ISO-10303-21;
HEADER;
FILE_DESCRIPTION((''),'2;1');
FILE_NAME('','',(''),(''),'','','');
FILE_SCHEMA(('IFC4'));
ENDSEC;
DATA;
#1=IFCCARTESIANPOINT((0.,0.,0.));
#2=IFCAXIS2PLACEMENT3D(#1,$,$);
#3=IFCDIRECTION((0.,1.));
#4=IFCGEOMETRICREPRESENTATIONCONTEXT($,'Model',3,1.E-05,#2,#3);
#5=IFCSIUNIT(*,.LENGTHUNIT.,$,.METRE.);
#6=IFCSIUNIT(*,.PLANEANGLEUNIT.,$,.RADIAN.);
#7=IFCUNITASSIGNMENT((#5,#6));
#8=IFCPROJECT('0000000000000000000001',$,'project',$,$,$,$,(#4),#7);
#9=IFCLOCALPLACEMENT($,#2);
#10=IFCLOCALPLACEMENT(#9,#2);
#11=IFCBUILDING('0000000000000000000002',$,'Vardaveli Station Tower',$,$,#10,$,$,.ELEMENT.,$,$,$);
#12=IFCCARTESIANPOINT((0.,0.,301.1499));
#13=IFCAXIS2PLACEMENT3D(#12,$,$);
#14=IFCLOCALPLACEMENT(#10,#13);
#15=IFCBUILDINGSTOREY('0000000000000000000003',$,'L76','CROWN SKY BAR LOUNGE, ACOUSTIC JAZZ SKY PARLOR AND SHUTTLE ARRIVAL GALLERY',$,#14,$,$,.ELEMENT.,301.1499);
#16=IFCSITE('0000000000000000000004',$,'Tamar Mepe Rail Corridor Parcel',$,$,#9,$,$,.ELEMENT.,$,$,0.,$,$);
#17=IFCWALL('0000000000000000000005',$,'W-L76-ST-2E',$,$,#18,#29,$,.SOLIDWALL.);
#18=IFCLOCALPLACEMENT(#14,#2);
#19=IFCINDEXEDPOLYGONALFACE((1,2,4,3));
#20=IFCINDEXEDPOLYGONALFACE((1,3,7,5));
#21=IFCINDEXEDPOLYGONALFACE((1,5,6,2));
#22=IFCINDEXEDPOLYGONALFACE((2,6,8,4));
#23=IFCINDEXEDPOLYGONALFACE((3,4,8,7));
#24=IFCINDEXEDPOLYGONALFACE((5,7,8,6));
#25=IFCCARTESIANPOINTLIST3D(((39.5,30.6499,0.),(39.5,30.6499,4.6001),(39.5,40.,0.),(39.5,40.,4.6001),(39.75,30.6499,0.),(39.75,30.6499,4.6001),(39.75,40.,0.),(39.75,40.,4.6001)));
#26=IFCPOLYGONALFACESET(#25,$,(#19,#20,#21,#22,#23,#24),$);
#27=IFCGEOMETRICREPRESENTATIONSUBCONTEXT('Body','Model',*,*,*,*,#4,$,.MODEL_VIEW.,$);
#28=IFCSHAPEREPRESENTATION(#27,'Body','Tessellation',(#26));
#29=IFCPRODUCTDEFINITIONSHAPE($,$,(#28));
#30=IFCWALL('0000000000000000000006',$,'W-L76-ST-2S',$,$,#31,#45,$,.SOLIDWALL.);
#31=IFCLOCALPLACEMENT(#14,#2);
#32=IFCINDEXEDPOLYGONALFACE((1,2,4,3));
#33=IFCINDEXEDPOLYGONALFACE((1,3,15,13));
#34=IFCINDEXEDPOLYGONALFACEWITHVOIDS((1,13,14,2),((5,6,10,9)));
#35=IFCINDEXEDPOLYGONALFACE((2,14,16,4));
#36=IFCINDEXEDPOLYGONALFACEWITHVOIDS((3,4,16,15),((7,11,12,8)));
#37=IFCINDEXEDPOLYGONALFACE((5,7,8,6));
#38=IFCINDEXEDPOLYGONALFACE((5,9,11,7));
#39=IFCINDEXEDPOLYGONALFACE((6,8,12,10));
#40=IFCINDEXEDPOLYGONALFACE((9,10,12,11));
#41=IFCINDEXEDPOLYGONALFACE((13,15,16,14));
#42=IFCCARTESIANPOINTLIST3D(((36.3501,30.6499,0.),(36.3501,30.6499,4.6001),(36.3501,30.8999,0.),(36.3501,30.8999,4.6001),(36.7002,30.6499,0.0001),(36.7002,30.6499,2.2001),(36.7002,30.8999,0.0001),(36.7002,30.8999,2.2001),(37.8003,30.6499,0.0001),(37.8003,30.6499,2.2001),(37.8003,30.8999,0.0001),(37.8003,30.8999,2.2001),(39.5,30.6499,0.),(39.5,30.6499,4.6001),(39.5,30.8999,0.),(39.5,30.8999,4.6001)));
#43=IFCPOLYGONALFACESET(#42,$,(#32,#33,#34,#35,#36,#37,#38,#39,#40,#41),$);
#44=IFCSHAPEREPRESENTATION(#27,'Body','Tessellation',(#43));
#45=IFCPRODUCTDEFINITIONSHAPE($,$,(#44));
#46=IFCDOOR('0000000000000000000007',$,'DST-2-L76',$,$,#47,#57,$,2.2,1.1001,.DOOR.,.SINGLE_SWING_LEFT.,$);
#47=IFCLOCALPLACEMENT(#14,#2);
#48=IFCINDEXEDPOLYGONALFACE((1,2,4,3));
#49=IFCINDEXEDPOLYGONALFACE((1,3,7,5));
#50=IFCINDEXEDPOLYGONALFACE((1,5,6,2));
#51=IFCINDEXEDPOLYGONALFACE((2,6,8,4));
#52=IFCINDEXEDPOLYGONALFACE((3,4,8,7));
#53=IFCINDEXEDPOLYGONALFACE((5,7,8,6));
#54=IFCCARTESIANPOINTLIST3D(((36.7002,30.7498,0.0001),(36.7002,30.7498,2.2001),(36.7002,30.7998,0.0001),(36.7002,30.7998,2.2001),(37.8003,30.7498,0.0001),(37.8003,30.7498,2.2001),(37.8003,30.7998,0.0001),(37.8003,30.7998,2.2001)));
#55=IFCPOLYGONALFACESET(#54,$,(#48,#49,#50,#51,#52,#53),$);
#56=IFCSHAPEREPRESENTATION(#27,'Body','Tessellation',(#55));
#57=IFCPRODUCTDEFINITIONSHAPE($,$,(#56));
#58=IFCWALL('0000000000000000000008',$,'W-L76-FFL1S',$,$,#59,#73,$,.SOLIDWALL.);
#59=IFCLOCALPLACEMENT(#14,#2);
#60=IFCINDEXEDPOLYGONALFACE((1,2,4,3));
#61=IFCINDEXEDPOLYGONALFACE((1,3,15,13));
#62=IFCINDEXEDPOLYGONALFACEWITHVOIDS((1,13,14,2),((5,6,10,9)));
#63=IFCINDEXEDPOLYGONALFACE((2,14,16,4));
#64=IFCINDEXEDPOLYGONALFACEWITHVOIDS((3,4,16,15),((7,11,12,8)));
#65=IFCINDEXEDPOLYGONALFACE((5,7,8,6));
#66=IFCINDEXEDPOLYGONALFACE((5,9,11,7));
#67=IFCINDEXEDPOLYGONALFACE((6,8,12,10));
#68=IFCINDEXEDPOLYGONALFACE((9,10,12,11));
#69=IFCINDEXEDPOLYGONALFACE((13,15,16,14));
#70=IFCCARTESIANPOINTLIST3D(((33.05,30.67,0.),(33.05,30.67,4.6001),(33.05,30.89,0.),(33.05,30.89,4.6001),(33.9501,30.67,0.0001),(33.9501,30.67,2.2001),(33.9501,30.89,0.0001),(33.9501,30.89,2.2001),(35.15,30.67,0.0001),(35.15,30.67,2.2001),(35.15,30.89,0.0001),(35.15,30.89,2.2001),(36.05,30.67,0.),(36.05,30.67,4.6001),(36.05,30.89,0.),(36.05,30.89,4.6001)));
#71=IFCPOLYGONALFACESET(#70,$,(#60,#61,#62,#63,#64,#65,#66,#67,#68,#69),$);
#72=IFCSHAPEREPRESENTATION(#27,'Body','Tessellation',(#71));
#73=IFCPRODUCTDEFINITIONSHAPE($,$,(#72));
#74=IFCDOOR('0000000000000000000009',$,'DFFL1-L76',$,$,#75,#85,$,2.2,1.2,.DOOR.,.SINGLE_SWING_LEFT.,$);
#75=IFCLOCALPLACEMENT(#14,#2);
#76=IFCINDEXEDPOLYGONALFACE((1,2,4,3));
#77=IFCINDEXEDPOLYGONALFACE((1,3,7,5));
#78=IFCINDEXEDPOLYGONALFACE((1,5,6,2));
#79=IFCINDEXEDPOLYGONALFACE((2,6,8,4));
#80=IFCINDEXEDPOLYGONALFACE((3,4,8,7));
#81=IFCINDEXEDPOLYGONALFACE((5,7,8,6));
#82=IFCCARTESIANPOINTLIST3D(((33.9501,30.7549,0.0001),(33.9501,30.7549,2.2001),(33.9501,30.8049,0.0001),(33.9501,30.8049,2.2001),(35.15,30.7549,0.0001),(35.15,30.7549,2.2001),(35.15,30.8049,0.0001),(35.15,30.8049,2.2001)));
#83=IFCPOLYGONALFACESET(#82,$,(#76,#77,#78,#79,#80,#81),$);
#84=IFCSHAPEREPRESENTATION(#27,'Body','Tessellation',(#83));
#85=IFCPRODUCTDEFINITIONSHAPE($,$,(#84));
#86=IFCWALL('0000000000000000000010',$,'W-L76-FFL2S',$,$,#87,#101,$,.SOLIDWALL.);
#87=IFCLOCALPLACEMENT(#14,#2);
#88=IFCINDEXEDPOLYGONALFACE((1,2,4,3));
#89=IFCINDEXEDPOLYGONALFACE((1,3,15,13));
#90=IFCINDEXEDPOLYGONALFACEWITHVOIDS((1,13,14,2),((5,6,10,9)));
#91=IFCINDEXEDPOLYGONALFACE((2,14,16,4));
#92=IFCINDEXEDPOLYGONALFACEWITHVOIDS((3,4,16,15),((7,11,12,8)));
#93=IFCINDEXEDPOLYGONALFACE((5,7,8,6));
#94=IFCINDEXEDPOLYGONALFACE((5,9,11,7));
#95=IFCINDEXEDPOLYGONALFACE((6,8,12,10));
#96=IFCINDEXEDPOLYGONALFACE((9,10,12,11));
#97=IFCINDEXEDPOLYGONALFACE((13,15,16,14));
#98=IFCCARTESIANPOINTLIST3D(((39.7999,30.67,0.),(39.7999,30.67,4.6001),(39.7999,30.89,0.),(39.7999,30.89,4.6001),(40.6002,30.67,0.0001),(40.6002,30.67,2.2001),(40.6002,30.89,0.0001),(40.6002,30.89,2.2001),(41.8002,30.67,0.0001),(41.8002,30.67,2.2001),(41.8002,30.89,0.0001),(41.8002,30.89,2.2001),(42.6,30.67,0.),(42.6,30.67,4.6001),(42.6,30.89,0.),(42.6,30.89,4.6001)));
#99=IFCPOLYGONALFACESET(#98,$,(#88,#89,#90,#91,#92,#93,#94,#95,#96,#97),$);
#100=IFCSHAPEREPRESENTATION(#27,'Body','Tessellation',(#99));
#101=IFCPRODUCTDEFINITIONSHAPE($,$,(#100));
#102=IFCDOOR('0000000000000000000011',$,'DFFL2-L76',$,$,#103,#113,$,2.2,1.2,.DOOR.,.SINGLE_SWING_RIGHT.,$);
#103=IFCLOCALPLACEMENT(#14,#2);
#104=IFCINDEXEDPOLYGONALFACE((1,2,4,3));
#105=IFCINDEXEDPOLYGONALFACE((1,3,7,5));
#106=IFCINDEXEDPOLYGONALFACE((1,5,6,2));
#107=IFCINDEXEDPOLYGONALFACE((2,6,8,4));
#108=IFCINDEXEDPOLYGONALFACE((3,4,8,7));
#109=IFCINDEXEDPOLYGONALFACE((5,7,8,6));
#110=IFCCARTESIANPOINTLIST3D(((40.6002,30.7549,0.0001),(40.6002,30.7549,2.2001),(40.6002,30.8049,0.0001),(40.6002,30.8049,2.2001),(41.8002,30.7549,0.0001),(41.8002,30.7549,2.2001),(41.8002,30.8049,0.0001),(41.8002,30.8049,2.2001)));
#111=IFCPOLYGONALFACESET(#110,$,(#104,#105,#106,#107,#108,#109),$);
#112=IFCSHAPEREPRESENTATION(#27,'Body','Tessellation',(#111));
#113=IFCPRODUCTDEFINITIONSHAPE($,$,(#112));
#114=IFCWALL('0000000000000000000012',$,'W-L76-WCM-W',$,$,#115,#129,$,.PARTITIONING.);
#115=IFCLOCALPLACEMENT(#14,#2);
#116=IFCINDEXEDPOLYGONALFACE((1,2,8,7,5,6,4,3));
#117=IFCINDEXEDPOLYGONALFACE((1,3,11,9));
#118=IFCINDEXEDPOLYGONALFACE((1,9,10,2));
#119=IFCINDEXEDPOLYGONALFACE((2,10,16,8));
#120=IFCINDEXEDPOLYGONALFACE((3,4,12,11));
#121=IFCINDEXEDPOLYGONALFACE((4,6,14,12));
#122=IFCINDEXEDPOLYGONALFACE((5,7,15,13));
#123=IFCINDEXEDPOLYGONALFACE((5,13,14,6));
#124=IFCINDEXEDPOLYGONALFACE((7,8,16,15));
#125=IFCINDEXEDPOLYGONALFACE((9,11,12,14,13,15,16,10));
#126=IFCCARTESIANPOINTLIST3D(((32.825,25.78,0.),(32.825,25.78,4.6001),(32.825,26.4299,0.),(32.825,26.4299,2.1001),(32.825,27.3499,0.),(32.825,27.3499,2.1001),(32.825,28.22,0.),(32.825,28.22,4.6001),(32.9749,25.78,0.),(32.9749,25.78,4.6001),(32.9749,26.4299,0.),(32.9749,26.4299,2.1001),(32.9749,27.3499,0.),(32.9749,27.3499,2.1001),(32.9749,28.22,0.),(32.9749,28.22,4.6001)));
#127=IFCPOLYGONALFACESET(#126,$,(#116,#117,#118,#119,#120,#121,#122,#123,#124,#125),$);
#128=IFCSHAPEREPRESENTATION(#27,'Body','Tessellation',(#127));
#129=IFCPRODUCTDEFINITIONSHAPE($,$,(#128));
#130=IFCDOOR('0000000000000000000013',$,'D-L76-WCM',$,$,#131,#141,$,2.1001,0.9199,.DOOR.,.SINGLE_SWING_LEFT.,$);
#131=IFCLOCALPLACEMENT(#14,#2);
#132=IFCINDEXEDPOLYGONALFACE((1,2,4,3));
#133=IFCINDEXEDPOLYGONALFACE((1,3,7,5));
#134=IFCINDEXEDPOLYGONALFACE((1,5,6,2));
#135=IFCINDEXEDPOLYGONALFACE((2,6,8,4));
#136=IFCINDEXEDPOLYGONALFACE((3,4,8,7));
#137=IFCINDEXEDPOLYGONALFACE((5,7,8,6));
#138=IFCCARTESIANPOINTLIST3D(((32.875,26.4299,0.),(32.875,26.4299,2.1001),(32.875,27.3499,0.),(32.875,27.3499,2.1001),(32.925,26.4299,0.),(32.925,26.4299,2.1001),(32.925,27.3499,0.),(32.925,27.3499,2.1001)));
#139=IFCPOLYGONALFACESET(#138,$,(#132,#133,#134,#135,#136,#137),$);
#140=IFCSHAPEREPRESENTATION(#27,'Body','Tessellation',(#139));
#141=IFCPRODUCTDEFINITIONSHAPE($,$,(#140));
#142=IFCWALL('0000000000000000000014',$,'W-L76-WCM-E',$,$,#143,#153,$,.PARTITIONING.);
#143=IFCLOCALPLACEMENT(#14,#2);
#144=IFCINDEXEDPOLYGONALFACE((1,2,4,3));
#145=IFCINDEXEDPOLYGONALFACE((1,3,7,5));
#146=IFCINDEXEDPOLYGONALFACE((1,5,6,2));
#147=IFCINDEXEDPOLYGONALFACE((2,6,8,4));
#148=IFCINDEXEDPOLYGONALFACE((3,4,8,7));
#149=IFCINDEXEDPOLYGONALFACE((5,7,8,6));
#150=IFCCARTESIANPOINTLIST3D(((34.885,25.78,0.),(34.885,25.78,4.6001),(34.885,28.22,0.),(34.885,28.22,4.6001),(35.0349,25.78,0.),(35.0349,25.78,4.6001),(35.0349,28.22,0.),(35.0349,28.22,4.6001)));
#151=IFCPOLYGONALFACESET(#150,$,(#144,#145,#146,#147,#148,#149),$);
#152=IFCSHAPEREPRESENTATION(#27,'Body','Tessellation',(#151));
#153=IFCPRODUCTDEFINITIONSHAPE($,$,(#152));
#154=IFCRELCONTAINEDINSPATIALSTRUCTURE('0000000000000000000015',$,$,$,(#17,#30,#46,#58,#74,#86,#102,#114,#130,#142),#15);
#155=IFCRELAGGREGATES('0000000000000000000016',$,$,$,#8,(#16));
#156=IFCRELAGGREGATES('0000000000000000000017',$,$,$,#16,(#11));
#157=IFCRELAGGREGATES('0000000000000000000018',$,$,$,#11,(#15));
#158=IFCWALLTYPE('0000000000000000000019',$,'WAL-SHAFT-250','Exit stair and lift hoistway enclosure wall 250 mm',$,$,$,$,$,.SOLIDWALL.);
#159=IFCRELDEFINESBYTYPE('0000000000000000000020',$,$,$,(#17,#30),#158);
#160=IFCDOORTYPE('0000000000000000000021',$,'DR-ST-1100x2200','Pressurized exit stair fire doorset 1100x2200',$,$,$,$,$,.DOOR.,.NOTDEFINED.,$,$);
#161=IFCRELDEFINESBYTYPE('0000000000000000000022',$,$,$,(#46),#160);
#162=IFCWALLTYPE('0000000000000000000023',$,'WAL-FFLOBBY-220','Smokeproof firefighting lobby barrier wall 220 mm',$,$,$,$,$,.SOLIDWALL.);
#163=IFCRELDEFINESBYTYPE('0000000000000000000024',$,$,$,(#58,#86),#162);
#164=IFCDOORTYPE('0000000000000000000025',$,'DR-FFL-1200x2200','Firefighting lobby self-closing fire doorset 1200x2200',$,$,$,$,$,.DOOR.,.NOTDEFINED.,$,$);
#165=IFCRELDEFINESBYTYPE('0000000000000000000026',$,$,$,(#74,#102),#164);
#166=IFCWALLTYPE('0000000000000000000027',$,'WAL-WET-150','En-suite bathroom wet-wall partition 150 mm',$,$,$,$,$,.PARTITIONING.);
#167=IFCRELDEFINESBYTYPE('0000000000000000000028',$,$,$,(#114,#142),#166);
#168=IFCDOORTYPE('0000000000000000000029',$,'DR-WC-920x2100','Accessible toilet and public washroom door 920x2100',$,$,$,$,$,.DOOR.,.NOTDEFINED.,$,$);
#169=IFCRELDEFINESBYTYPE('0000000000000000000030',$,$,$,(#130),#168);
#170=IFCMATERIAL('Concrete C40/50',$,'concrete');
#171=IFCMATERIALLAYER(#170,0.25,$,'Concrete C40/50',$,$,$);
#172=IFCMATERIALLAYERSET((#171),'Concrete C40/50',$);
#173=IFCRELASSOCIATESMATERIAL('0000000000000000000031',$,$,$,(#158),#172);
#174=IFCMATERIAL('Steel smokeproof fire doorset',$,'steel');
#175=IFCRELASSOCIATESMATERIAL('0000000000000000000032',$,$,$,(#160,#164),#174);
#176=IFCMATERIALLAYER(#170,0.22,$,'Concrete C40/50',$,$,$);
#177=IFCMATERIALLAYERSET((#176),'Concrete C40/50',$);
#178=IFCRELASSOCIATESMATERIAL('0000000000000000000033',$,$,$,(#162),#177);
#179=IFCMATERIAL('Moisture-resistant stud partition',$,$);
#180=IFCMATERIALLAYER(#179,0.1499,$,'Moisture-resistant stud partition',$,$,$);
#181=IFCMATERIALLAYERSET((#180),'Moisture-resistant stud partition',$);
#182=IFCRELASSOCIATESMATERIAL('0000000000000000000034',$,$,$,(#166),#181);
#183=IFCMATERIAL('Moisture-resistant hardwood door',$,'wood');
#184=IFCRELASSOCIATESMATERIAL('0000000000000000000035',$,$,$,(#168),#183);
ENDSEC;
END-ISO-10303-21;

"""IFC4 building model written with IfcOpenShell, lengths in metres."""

from ifc_helpers import new_model, si_unit, direction, frame, frame_2d, origin, place, context, subcontext, project, spatial, rectangle, extrude, source, transform, mapped, material, layer, layer_set, type_object, element, fill, save


model = new_model("IFC4")

# Units and contexts
model_context = context("Model", 3, precision=1e-05, world=origin(), true_north=direction((0.0, 1.0)))
body_context = subcontext(model_context, "Body", "Model", "MODEL_VIEW")
ifc_project = project(units=[si_unit("LENGTHUNIT", "METRE"), si_unit("PLANEANGLEUNIT", "RADIAN")], contexts=[model_context])

# Site, building, storey
site_placement = place(None, origin())
site = spatial("IfcSite", under=ifc_project, at=site_placement, Name="Tamar Mepe Rail Corridor Parcel", CompositionType="ELEMENT", RefElevation=0.0)
building_placement = place(site_placement, origin())
building = spatial("IfcBuilding", under=site, at=building_placement, Name="Vardaveli Station Tower", CompositionType="ELEMENT")
storey_placement = place(building_placement, frame((0.0, 0.0, 301.1499)))
storey = spatial("IfcBuildingStorey", under=building, at=storey_placement, Name="L76", Description="CROWN SKY BAR LOUNGE, ACOUSTIC JAZZ SKY PARLOR AND SHUTTLE ARRIVAL GALLERY", CompositionType="ELEMENT", Elevation=301.1499)

# Wall
ifc_material_1 = material(Name="Concrete C40/50", Category="concrete")
ifc_layer_1 = layer(ifc_material_1, 0.25, Name="Concrete C40/50")
ifc_layer_set_1 = layer_set([ifc_layer_1], Name="Concrete C40/50")
wall_type_1 = type_object("IfcWallType", Name="WAL-SHAFT-250", Description="Exit stair and lift hoistway enclosure wall 250 mm", PredefinedType="SOLIDWALL", material=ifc_layer_set_1)
shared_shape_1 = source(origin(), body_context, "Body", "SweptSolid", [
    extrude(rectangle(XDim=9.3501, YDim=0.25, at=frame_2d((4.675, 0.0))), origin(), (0.0, 0.0, 1.0), 4.6001),
])
for number, where, z_axis, x_axis, name in (
    (1, (39.625, 30.6499, 0.0), (0.0, 0.0, 1.0), (0.0, 1.0, 0.0), "W-L76-ST-2E"),
):
    element("IfcWall", number, at=place(storey_placement, frame(where, z_axis=z_axis, x_axis=x_axis)), inside=storey, type_object=wall_type_1, Name=name, PredefinedType="SOLIDWALL", context=body_context, shape_type="MappedRepresentation", body=[
        mapped(shared_shape_1, transform((0.0, 0.0, 0.0), scale=1.0)),
    ])

# Walls, openings, doors
shared_shape_2 = source(origin(), body_context, "Body", "SweptSolid", [
    extrude(rectangle(XDim=3.1499, YDim=0.25, at=frame_2d((1.575, 0.0))), origin(), (0.0, 0.0, 1.0), 4.6001),
])
wall_1_placement = place(storey_placement, frame((36.3501, 30.7749, 0.0), z_axis=(0.0, 0.0, 1.0), x_axis=(1.0, 0.0, 0.0)))
wall_1 = element("IfcWall", 2, at=wall_1_placement, inside=storey, type_object=wall_type_1, Name="W-L76-ST-2S", PredefinedType="SOLIDWALL", context=body_context, shape_type="MappedRepresentation", body=[
    mapped(shared_shape_2, transform((0.0, 0.0, 0.0), scale=1.0)),
])
shared_shape_3 = source(origin(), body_context, "Body", "SweptSolid", [
    extrude(rectangle(XDim=1.1001, YDim=2.2, at=frame_2d((0.55, 1.1001))), frame((0.0, 0.135, 0.0), z_axis=(0.0, -1.0, 0.0), x_axis=(1.0, 0.0, 0.0)), (0.0, 0.0, 1.0), 0.27),
])
opening_1_placement = place(wall_1_placement, frame((0.3501, 0.0, 0.0)))
opening_1 = element("IfcOpeningElement", 3, at=opening_1_placement, cuts=wall_1, PredefinedType="OPENING", context=body_context, shape_type="MappedRepresentation", body=[
    mapped(shared_shape_3, transform((0.0, 0.0, 0.0), scale=1.0)),
])
ifc_material_2 = material(Name="Steel smokeproof fire doorset", Category="steel")
door_type_1 = type_object("IfcDoorType", Name="DR-ST-1100x2200", Description="Pressurized exit stair fire doorset 1100x2200", OperationType="NOTDEFINED", PredefinedType="DOOR", material=ifc_material_2)
shared_shape_4 = source(origin(), body_context, "Body", "SweptSolid", [
    extrude(rectangle(XDim=1.1001, YDim=2.2, at=frame_2d((0.55, 1.1001))), frame((0.0, 0.0249, 0.0), z_axis=(0.0, -1.0, 0.0), x_axis=(1.0, 0.0, 0.0)), (0.0, 0.0, 1.0), 0.05),
])
door_1_placement = place(opening_1_placement, origin())
door_1 = element("IfcDoor", 4, at=door_1_placement, inside=storey, type_object=door_type_1, Name="DST-2-L76", OperationType="SINGLE_SWING_LEFT", OverallHeight=2.2, OverallWidth=1.1001, PredefinedType="DOOR", context=body_context, shape_type="MappedRepresentation", body=[
    mapped(shared_shape_4, transform((0.0, 0.0, 0.0), scale=1.0)),
])
fill(opening_1, door_1)
ifc_layer_2 = layer(ifc_material_1, 0.22, Name="Concrete C40/50")
ifc_layer_set_2 = layer_set([ifc_layer_2], Name="Concrete C40/50")
wall_type_2 = type_object("IfcWallType", Name="WAL-FFLOBBY-220", Description="Smokeproof firefighting lobby barrier wall 220 mm", PredefinedType="SOLIDWALL", material=ifc_layer_set_2)
shared_shape_5 = source(origin(), body_context, "Body", "SweptSolid", [
    extrude(rectangle(XDim=3.0, YDim=0.22, at=frame_2d((1.5, 0.0))), origin(), (0.0, 0.0, 1.0), 4.6001),
])
wall_2_placement = place(storey_placement, frame((33.05, 30.78, 0.0), z_axis=(0.0, 0.0, 1.0), x_axis=(1.0, 0.0, 0.0)))
wall_2 = element("IfcWall", 5, at=wall_2_placement, inside=storey, type_object=wall_type_2, Name="W-L76-FFL1S", PredefinedType="SOLIDWALL", context=body_context, shape_type="MappedRepresentation", body=[
    mapped(shared_shape_5, transform((0.0, 0.0, 0.0), scale=1.0)),
])
shared_shape_6 = source(origin(), body_context, "Body", "SweptSolid", [
    extrude(rectangle(XDim=1.2, YDim=2.2, at=frame_2d((0.6001, 1.1001))), frame((0.0, 0.1201, 0.0), z_axis=(0.0, -1.0, 0.0), x_axis=(1.0, 0.0, 0.0)), (0.0, 0.0, 1.0), 0.24),
])
opening_2_placement = place(wall_2_placement, frame((0.8999, 0.0, 0.0)))
opening_2 = element("IfcOpeningElement", 6, at=opening_2_placement, cuts=wall_2, PredefinedType="OPENING", context=body_context, shape_type="MappedRepresentation", body=[
    mapped(shared_shape_6, transform((0.0, 0.0, 0.0), scale=1.0)),
])
door_type_2 = type_object("IfcDoorType", Name="DR-FFL-1200x2200", Description="Firefighting lobby self-closing fire doorset 1200x2200", OperationType="NOTDEFINED", PredefinedType="DOOR", material=ifc_material_2)
shared_shape_7 = source(origin(), body_context, "Body", "SweptSolid", [
    extrude(rectangle(XDim=1.2, YDim=2.2, at=frame_2d((0.6001, 1.1001))), frame((0.0, 0.0249, 0.0), z_axis=(0.0, -1.0, 0.0), x_axis=(1.0, 0.0, 0.0)), (0.0, 0.0, 1.0), 0.05),
])
door_2_placement = place(opening_2_placement, origin())
door_2 = element("IfcDoor", 7, at=door_2_placement, inside=storey, type_object=door_type_2, Name="DFFL1-L76", OperationType="SINGLE_SWING_LEFT", OverallHeight=2.2, OverallWidth=1.2, PredefinedType="DOOR", context=body_context, shape_type="MappedRepresentation", body=[
    mapped(shared_shape_7, transform((0.0, 0.0, 0.0), scale=1.0)),
])
fill(opening_2, door_2)
shared_shape_8 = source(origin(), body_context, "Body", "SweptSolid", [
    extrude(rectangle(XDim=2.8, YDim=0.22, at=frame_2d((1.3999, 0.0))), origin(), (0.0, 0.0, 1.0), 4.6001),
])
wall_3_placement = place(storey_placement, frame((39.8, 30.78, 0.0), z_axis=(0.0, 0.0, 1.0), x_axis=(1.0, 0.0, 0.0)))
wall_3 = element("IfcWall", 8, at=wall_3_placement, inside=storey, type_object=wall_type_2, Name="W-L76-FFL2S", PredefinedType="SOLIDWALL", context=body_context, shape_type="MappedRepresentation", body=[
    mapped(shared_shape_8, transform((0.0, 0.0, 0.0), scale=1.0)),
])
opening_3_placement = place(wall_3_placement, frame((0.8, 0.0, 0.0)))
opening_3 = element("IfcOpeningElement", 9, at=opening_3_placement, cuts=wall_3, PredefinedType="OPENING", context=body_context, shape_type="MappedRepresentation", body=[
    mapped(shared_shape_6, transform((0.0, 0.0, 0.0), scale=1.0)),
])
door_3_placement = place(opening_3_placement, origin())
door_3 = element("IfcDoor", 10, at=door_3_placement, inside=storey, type_object=door_type_2, Name="DFFL2-L76", OperationType="SINGLE_SWING_RIGHT", OverallHeight=2.2, OverallWidth=1.2, PredefinedType="DOOR", context=body_context, shape_type="MappedRepresentation", body=[
    mapped(shared_shape_7, transform((0.0, 0.0, 0.0), scale=1.0)),
])
fill(opening_3, door_3)
ifc_material_3 = material(Name="Moisture-resistant stud partition")
ifc_layer_3 = layer(ifc_material_3, 0.1499, Name="Moisture-resistant stud partition")
ifc_layer_set_3 = layer_set([ifc_layer_3], Name="Moisture-resistant stud partition")
wall_type_3 = type_object("IfcWallType", Name="WAL-WET-150", Description="En-suite bathroom wet-wall partition 150 mm", PredefinedType="PARTITIONING", material=ifc_layer_set_3)
shared_shape_9 = source(origin(), body_context, "Body", "SweptSolid", [
    extrude(rectangle(XDim=2.4399, YDim=0.1499, at=frame_2d((1.22, 0.0))), origin(), (0.0, 0.0, 1.0), 4.6001),
])
wall_4_placement = place(storey_placement, frame((32.8999, 25.78, 0.0), z_axis=(0.0, 0.0, 1.0), x_axis=(0.0, 1.0, 0.0)))
wall_4 = element("IfcWall", 11, at=wall_4_placement, inside=storey, type_object=wall_type_3, Name="W-L76-WCM-W", PredefinedType="PARTITIONING", context=body_context, shape_type="MappedRepresentation", body=[
    mapped(shared_shape_9, transform((0.0, 0.0, 0.0), scale=1.0)),
])
shared_shape_10 = source(origin(), body_context, "Body", "SweptSolid", [
    extrude(rectangle(XDim=0.9199, YDim=2.1001, at=frame_2d((0.46, 1.05))), frame((0.0, 0.085, 0.0), z_axis=(0.0, -1.0, 0.0), x_axis=(1.0, 0.0, 0.0)), (0.0, 0.0, 1.0), 0.1699),
])
opening_4_placement = place(wall_4_placement, frame((0.6499, 0.0, 0.0)))
opening_4 = element("IfcOpeningElement", 12, at=opening_4_placement, cuts=wall_4, PredefinedType="OPENING", context=body_context, shape_type="MappedRepresentation", body=[
    mapped(shared_shape_10, transform((0.0, 0.0, 0.0), scale=1.0)),
])
ifc_material_4 = material(Name="Moisture-resistant hardwood door", Category="wood")
door_type_3 = type_object("IfcDoorType", Name="DR-WC-920x2100", Description="Accessible toilet and public washroom door 920x2100", OperationType="NOTDEFINED", PredefinedType="DOOR", material=ifc_material_4)
shared_shape_11 = source(origin(), body_context, "Body", "SweptSolid", [
    extrude(rectangle(XDim=0.9199, YDim=2.1001, at=frame_2d((0.46, 1.05))), frame((0.0, 0.0249, 0.0), z_axis=(0.0, -1.0, 0.0), x_axis=(1.0, 0.0, 0.0)), (0.0, 0.0, 1.0), 0.05),
])
door_4_placement = place(opening_4_placement, origin())
door_4 = element("IfcDoor", 13, at=door_4_placement, inside=storey, type_object=door_type_3, Name="D-L76-WCM", OperationType="SINGLE_SWING_LEFT", OverallHeight=2.1001, OverallWidth=0.9199, PredefinedType="DOOR", context=body_context, shape_type="MappedRepresentation", body=[
    mapped(shared_shape_11, transform((0.0, 0.0, 0.0), scale=1.0)),
])
fill(opening_4, door_4)

# Wall
wall_5_placement = place(storey_placement, frame((34.96, 25.78, 0.0), z_axis=(0.0, 0.0, 1.0), x_axis=(0.0, 1.0, 0.0)))
element("IfcWall", 14, at=wall_5_placement, inside=storey, type_object=wall_type_3, Name="W-L76-WCM-E", PredefinedType="PARTITIONING", context=body_context, shape_type="MappedRepresentation", body=[
    mapped(shared_shape_9, transform((0.0, 0.0, 0.0), scale=1.0)),
])

save(model, "model.ifc")
